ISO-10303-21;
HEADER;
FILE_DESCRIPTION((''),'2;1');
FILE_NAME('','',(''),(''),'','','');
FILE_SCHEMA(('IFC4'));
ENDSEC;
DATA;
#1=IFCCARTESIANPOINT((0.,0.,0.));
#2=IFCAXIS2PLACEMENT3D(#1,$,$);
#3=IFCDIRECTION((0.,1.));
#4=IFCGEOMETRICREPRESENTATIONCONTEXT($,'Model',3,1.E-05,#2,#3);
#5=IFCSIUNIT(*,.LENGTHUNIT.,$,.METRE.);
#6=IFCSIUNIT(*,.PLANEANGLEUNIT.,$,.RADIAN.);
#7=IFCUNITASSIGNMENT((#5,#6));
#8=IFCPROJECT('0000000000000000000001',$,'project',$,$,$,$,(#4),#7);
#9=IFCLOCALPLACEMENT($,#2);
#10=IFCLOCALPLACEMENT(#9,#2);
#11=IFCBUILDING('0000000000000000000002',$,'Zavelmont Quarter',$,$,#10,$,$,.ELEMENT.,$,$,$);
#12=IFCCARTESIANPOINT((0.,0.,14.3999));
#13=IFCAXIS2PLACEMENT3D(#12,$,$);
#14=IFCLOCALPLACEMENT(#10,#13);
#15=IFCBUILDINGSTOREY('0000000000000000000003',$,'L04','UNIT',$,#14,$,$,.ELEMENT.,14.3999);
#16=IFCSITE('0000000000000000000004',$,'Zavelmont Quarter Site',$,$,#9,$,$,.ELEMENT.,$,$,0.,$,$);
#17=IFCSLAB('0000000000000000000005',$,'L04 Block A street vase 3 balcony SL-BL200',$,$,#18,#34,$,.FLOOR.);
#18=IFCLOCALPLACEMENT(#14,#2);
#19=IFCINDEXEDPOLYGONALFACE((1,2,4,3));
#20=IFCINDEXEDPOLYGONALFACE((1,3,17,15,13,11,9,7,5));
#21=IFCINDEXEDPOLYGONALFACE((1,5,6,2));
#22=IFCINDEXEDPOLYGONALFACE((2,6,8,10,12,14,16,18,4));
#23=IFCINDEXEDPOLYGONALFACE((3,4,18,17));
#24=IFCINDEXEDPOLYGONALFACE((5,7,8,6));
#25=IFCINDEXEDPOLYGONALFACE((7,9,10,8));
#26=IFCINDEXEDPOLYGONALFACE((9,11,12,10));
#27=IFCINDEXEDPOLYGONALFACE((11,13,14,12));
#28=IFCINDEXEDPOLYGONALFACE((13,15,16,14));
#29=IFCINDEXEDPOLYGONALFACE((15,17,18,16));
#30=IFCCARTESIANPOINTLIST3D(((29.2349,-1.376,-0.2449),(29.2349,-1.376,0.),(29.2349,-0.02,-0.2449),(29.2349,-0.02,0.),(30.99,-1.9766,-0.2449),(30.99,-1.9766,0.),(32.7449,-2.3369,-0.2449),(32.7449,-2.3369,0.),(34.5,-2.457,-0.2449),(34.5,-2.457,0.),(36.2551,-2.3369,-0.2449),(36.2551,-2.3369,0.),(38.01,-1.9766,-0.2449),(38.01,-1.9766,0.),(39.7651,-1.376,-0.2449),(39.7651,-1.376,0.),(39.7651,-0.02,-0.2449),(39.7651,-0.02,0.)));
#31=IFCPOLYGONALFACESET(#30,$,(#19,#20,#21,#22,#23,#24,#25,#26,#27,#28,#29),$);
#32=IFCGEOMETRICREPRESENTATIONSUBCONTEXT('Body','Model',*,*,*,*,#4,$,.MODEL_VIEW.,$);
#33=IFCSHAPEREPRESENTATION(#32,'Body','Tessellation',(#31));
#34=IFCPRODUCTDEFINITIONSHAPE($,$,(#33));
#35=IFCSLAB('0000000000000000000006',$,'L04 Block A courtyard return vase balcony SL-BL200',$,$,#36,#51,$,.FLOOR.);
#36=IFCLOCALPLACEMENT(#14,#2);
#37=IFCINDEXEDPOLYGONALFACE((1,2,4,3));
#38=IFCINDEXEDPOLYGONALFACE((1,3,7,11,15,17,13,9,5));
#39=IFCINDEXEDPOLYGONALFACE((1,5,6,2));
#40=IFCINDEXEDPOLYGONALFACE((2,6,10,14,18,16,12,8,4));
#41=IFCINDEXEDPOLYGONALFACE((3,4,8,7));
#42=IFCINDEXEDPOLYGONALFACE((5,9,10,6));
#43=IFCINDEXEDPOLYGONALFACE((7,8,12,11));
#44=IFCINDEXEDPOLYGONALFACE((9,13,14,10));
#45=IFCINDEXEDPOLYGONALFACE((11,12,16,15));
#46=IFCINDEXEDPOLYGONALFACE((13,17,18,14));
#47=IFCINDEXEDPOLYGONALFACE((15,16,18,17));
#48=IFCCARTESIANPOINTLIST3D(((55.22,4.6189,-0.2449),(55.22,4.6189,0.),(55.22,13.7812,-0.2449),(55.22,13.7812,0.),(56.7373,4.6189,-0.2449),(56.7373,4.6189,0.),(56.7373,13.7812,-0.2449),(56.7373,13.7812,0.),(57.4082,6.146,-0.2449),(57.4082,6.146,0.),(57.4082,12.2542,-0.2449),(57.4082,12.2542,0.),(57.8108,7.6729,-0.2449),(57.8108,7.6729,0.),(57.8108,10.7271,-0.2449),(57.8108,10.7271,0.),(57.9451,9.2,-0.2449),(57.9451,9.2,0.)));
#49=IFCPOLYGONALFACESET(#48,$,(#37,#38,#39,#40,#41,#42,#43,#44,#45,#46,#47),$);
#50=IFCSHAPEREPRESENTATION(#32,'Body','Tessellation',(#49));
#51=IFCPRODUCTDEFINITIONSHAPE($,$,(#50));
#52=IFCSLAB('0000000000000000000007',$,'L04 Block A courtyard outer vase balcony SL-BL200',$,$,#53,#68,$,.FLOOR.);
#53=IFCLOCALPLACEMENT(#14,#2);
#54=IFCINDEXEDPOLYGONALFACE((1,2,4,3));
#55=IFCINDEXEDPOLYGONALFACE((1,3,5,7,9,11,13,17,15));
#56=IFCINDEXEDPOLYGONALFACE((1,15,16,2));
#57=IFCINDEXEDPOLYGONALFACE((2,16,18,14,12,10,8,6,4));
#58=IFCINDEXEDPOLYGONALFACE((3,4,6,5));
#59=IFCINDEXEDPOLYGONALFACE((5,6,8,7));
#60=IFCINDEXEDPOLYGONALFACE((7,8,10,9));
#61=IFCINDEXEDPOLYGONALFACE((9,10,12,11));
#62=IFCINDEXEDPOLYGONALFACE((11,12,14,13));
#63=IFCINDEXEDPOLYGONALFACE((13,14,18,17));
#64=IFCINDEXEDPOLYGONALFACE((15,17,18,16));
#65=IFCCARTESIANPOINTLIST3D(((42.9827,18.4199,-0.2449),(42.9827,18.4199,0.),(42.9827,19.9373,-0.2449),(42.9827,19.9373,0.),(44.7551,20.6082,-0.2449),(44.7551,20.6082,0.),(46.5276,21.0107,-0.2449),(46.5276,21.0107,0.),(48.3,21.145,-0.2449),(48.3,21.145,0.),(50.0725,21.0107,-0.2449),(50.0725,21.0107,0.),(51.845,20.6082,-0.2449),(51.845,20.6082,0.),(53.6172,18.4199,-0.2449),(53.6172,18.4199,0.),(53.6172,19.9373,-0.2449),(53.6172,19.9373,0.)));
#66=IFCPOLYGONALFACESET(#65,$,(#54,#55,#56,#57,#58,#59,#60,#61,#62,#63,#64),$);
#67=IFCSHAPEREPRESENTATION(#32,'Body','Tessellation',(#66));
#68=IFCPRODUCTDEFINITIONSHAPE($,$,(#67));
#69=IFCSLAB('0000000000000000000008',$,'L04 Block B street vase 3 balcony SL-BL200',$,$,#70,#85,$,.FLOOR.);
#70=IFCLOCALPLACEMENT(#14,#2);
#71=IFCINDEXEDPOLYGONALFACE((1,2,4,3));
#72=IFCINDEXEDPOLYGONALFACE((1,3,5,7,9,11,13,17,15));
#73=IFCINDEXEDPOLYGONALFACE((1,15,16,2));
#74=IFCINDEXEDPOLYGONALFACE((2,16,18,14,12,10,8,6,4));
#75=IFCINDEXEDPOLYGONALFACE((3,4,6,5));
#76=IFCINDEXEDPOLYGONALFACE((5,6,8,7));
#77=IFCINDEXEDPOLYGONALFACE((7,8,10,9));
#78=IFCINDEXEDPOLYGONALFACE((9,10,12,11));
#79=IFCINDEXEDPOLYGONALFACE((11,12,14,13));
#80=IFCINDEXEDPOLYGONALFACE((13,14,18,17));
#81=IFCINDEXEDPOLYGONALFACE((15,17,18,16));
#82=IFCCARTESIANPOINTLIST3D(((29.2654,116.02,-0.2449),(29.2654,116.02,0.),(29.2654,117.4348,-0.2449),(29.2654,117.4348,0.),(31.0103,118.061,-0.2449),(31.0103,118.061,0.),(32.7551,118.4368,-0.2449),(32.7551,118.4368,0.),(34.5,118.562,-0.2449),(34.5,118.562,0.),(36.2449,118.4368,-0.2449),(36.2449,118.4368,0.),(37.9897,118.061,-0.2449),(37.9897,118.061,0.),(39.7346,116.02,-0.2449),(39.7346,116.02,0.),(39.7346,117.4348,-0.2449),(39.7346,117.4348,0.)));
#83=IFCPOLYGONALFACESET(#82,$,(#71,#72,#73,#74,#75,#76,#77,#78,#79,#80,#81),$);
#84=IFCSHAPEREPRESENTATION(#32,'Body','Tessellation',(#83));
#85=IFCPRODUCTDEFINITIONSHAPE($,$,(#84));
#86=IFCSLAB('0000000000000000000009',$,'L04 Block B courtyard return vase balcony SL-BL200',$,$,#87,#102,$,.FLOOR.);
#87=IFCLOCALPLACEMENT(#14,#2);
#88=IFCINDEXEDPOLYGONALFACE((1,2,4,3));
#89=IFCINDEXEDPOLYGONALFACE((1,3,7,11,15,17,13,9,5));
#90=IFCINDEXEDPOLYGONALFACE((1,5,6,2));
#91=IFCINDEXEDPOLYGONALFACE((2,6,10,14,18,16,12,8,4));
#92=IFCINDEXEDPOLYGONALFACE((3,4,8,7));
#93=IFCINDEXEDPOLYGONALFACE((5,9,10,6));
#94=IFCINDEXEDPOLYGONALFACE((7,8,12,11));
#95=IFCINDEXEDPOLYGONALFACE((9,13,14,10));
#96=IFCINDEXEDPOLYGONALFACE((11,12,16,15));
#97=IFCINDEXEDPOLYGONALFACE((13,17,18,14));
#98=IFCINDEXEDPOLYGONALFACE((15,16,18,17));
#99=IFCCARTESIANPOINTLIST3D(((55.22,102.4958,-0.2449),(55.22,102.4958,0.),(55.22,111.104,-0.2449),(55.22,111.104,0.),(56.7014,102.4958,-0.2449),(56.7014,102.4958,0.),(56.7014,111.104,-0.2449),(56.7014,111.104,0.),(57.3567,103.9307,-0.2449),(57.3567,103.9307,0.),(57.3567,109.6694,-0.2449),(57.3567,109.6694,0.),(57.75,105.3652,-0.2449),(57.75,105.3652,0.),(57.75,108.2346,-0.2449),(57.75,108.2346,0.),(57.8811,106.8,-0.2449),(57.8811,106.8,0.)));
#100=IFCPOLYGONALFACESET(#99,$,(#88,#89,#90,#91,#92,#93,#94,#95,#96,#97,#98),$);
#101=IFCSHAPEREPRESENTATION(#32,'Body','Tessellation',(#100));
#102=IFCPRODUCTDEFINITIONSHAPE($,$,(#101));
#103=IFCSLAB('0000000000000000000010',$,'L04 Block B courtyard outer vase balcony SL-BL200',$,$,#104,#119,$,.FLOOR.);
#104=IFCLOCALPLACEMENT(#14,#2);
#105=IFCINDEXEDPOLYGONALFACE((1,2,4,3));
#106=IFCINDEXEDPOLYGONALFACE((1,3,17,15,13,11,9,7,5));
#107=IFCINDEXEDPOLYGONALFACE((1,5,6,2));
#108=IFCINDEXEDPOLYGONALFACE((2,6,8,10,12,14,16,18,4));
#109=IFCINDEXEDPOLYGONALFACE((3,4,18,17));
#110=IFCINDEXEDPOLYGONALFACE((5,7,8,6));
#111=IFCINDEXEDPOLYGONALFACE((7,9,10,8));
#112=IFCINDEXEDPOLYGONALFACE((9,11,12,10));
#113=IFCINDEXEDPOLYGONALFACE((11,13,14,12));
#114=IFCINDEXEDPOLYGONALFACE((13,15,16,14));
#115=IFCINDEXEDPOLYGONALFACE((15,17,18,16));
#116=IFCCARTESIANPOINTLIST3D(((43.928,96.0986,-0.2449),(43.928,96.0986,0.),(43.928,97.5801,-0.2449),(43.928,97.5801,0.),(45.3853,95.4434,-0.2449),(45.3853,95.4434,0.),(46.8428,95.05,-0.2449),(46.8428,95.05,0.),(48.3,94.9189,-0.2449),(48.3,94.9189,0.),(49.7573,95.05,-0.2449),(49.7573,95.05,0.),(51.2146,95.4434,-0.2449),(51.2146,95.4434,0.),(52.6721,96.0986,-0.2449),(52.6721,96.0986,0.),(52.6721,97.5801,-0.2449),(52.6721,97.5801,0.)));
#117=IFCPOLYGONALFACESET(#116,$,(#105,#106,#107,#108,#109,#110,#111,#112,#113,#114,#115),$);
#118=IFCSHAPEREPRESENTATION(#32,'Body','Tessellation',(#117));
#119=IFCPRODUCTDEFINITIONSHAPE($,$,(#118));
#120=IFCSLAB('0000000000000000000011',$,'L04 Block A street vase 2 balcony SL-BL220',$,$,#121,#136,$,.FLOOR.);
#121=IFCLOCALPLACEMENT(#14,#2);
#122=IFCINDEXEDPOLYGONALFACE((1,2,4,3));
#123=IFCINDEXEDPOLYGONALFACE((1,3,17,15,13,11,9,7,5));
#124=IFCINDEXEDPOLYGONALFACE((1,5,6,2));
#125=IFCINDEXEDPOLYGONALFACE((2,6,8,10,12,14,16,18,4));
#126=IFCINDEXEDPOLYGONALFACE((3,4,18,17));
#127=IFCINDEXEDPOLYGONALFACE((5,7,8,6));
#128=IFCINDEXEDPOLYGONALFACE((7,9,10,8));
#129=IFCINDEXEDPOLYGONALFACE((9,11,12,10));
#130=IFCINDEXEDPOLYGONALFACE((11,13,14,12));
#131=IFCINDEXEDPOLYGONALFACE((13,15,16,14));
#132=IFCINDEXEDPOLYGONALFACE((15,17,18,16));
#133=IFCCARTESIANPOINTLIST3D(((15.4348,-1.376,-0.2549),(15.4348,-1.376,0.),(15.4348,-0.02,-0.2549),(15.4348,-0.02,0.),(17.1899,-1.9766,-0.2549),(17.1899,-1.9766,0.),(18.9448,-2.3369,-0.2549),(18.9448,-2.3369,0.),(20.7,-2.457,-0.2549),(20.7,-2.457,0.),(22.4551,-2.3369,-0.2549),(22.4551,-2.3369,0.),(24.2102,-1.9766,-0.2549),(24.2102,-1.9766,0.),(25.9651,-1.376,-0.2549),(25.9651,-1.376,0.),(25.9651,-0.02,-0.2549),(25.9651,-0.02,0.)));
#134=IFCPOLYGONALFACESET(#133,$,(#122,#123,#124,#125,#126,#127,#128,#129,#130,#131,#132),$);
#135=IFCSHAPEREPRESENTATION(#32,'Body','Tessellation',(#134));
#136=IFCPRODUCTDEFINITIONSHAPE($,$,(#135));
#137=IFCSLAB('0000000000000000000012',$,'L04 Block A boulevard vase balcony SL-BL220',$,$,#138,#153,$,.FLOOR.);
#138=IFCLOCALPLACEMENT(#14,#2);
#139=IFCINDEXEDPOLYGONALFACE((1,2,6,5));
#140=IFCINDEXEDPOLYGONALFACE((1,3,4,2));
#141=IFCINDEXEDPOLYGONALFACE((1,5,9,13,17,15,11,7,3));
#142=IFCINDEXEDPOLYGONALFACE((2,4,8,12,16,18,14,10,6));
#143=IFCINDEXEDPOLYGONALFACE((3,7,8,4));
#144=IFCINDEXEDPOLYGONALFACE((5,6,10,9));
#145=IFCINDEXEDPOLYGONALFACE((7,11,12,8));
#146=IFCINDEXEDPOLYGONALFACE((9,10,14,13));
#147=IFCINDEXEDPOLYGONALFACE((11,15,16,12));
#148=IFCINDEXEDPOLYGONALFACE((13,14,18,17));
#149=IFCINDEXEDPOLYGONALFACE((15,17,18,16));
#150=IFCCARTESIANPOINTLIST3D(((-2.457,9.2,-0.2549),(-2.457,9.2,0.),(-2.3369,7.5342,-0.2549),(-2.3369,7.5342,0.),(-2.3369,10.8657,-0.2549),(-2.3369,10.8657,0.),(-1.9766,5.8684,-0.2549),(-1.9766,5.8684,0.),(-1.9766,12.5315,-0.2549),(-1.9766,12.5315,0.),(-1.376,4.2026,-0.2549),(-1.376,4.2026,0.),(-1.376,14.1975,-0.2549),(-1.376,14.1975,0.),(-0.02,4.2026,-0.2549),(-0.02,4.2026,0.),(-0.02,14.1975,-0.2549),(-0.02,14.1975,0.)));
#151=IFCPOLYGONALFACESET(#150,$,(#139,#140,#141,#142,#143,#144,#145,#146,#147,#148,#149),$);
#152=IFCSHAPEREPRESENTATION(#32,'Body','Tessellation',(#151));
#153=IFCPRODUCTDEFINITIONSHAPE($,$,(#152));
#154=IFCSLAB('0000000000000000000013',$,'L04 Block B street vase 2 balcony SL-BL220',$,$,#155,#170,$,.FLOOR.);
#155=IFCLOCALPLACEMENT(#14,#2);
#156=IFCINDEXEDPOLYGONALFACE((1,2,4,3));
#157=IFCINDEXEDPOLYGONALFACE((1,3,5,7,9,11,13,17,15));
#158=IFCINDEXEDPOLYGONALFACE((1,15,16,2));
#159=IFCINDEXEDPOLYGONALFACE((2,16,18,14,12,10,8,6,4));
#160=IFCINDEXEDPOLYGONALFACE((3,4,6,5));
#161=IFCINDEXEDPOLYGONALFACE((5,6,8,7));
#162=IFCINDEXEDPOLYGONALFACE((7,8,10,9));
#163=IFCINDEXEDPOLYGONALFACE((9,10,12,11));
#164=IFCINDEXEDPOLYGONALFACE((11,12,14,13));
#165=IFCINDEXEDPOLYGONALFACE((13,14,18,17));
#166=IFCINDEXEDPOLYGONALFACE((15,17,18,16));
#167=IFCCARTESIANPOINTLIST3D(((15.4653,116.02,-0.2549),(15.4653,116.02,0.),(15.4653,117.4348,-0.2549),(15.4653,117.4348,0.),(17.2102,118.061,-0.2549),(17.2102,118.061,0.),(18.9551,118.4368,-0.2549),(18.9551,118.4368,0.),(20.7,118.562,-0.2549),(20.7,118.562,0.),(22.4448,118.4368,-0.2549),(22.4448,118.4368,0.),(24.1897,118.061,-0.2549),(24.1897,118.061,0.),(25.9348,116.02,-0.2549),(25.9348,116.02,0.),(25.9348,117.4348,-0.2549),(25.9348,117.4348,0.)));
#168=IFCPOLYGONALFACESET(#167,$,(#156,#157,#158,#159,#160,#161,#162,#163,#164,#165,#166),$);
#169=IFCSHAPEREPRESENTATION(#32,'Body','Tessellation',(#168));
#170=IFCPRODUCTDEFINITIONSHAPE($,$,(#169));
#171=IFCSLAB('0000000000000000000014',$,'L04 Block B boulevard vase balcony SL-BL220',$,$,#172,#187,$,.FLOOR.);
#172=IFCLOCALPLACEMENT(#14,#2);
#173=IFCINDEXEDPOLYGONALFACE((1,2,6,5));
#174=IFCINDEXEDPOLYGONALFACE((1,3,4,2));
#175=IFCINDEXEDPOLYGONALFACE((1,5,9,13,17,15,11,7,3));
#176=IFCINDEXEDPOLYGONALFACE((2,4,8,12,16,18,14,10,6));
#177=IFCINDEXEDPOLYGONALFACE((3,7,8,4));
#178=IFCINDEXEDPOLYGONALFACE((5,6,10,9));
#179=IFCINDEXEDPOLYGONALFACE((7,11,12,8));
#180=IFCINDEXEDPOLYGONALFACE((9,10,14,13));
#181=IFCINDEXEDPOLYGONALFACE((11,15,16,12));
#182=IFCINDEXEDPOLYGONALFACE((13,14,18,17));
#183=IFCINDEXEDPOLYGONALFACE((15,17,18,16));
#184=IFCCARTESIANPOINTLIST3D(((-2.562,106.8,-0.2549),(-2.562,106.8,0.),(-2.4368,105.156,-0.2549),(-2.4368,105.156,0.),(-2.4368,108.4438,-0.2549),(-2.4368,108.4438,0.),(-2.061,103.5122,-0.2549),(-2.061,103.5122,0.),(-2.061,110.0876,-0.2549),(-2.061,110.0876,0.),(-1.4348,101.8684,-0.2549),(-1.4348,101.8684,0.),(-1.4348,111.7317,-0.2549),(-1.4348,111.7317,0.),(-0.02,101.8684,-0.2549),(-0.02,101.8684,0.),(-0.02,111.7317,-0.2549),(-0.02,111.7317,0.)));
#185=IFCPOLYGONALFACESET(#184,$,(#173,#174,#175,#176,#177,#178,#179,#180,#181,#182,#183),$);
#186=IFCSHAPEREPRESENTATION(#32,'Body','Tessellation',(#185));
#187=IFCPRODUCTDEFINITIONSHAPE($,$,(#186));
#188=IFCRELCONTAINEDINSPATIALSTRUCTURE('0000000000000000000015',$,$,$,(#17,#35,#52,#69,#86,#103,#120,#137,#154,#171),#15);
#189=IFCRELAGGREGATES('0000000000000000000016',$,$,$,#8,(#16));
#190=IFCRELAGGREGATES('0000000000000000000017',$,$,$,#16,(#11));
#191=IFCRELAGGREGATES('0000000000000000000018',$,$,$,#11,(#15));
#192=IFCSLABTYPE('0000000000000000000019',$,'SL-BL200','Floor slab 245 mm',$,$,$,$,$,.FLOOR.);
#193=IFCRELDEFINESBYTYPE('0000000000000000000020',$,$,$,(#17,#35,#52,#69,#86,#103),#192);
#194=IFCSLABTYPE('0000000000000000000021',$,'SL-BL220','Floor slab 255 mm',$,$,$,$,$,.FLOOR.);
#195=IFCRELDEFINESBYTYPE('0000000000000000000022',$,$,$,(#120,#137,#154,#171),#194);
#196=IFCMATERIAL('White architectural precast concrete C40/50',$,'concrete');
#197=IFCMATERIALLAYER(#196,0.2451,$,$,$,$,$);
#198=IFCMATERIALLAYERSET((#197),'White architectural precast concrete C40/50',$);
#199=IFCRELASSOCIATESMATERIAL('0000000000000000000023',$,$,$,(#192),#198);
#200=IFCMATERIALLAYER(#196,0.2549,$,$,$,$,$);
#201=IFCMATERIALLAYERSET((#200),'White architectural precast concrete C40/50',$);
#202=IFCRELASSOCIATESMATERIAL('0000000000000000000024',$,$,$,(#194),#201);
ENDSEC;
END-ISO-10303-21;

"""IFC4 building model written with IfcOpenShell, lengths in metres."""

from ifc_helpers import new_model, si_unit, direction, frame, origin, place, context, subcontext, project, spatial, polyline, outline, extrude, material, layer, layer_set, type_object, element, save


model = new_model("IFC4")

# Units and contexts
model_context = context("Model", 3, precision=1e-05, world=origin(), true_north=direction((0.0, 1.0)))
body_context = subcontext(model_context, "Body", "Model", "MODEL_VIEW")
ifc_project = project(units=[si_unit("LENGTHUNIT", "METRE"), si_unit("PLANEANGLEUNIT", "RADIAN")], contexts=[model_context])

# Site, building, storey
site_placement = place(None, origin())
site = spatial("IfcSite", under=ifc_project, at=site_placement, Name="Zavelmont Quarter Site", CompositionType="ELEMENT", RefElevation=0.0)
building_placement = place(site_placement, origin())
building = spatial("IfcBuilding", under=site, at=building_placement, Name="Zavelmont Quarter", CompositionType="ELEMENT")
storey_placement = place(building_placement, frame((0.0, 0.0, 14.3999)))
storey = spatial("IfcBuildingStorey", under=building, at=storey_placement, Name="L04", Description="UNIT", CompositionType="ELEMENT", Elevation=14.3999)

# Slabs
ifc_material_1 = material(Name="White architectural precast concrete C40/50", Category="concrete")
ifc_layer_1 = layer(ifc_material_1, 0.2451)
ifc_layer_set_1 = layer_set([ifc_layer_1], Name="White architectural precast concrete C40/50")
slab_type_1 = type_object("IfcSlabType", Name="SL-BL200", Description="Floor slab 245 mm", PredefinedType="FLOOR", material=ifc_layer_set_1)
slab_1_placement = place(storey_placement, frame((0.0, 0.0, -0.2449)))
element("IfcSlab", 1, at=slab_1_placement, inside=storey, type_object=slab_type_1, Name="L04 Block A street vase 3 balcony SL-BL200", PredefinedType="FLOOR", context=body_context, shape_type="SweptSolid", body=[
    extrude(outline(polyline([(29.2349, -0.02), (29.2349, -1.376), (30.99, -1.9766), (32.7449, -2.3369), (34.5, -2.457), (36.2551, -2.3369), (38.01, -1.9766), (39.7651, -1.376), (39.7651, -0.02), (29.2349, -0.02)])), origin(), (0.0, 0.0, 1.0), 0.2449),
])
slab_2_placement = place(storey_placement, frame((0.0, 0.0, -0.2449)))
element("IfcSlab", 2, at=slab_2_placement, inside=storey, type_object=slab_type_1, Name="L04 Block A courtyard return vase balcony SL-BL200", PredefinedType="FLOOR", context=body_context, shape_type="SweptSolid", body=[
    extrude(outline(polyline([(55.22, 4.6189), (56.7373, 4.6189), (57.4082, 6.146), (57.8108, 7.6729), (57.9451, 9.2), (57.8108, 10.7271), (57.4082, 12.2542), (56.7373, 13.7812), (55.22, 13.7812), (55.22, 4.6189)])), origin(), (0.0, 0.0, 1.0), 0.2449),
])
slab_3_placement = place(storey_placement, frame((0.0, 0.0, -0.2449)))
element("IfcSlab", 3, at=slab_3_placement, inside=storey, type_object=slab_type_1, Name="L04 Block A courtyard outer vase balcony SL-BL200", PredefinedType="FLOOR", context=body_context, shape_type="SweptSolid", body=[
    extrude(outline(polyline([(53.6172, 18.4199), (53.6172, 19.9373), (51.845, 20.6082), (50.0725, 21.0107), (48.3, 21.145), (46.5276, 21.0107), (44.7551, 20.6082), (42.9827, 19.9373), (42.9827, 18.4199), (53.6172, 18.4199)])), origin(), (0.0, 0.0, 1.0), 0.2449),
])
slab_4_placement = place(storey_placement, frame((0.0, 0.0, -0.2449)))
element("IfcSlab", 4, at=slab_4_placement, inside=storey, type_object=slab_type_1, Name="L04 Block B street vase 3 balcony SL-BL200", PredefinedType="FLOOR", context=body_context, shape_type="SweptSolid", body=[
    extrude(outline(polyline([(39.7346, 116.02), (39.7346, 117.4348), (37.9897, 118.061), (36.2449, 118.4368), (34.5, 118.562), (32.7551, 118.4368), (31.0103, 118.061), (29.2654, 117.4348), (29.2654, 116.02), (39.7346, 116.02)])), origin(), (0.0, 0.0, 1.0), 0.2449),
])
slab_5_placement = place(storey_placement, frame((0.0, 0.0, -0.2449)))
element("IfcSlab", 5, at=slab_5_placement, inside=storey, type_object=slab_type_1, Name="L04 Block B courtyard return vase balcony SL-BL200", PredefinedType="FLOOR", context=body_context, shape_type="SweptSolid", body=[
    extrude(outline(polyline([(55.22, 102.4958), (56.7014, 102.4958), (57.3567, 103.9307), (57.75, 105.3652), (57.8811, 106.8), (57.75, 108.2346), (57.3567, 109.6694), (56.7014, 111.104), (55.22, 111.104), (55.22, 102.4958)])), origin(), (0.0, 0.0, 1.0), 0.2449),
])
slab_6_placement = place(storey_placement, frame((0.0, 0.0, -0.2449)))
element("IfcSlab", 6, at=slab_6_placement, inside=storey, type_object=slab_type_1, Name="L04 Block B courtyard outer vase balcony SL-BL200", PredefinedType="FLOOR", context=body_context, shape_type="SweptSolid", body=[
    extrude(outline(polyline([(43.928, 97.5801), (43.928, 96.0986), (45.3853, 95.4434), (46.8428, 95.05), (48.3, 94.9189), (49.7573, 95.05), (51.2146, 95.4434), (52.6721, 96.0986), (52.6721, 97.5801), (43.928, 97.5801)])), origin(), (0.0, 0.0, 1.0), 0.2449),
])
ifc_layer_2 = layer(ifc_material_1, 0.2549)
ifc_layer_set_2 = layer_set([ifc_layer_2], Name="White architectural precast concrete C40/50")
slab_type_2 = type_object("IfcSlabType", Name="SL-BL220", Description="Floor slab 255 mm", PredefinedType="FLOOR", material=ifc_layer_set_2)
slab_7_placement = place(storey_placement, frame((0.0, 0.0, -0.2549)))
element("IfcSlab", 7, at=slab_7_placement, inside=storey, type_object=slab_type_2, Name="L04 Block A street vase 2 balcony SL-BL220", PredefinedType="FLOOR", context=body_context, shape_type="SweptSolid", body=[
    extrude(outline(polyline([(15.4348, -0.02), (15.4348, -1.376), (17.1899, -1.9766), (18.9448, -2.3369), (20.7, -2.457), (22.4551, -2.3369), (24.2102, -1.9766), (25.9651, -1.376), (25.9651, -0.02), (15.4348, -0.02)])), origin(), (0.0, 0.0, 1.0), 0.2549),
])
slab_8_placement = place(storey_placement, frame((0.0, 0.0, -0.2549)))
element("IfcSlab", 8, at=slab_8_placement, inside=storey, type_object=slab_type_2, Name="L04 Block A boulevard vase balcony SL-BL220", PredefinedType="FLOOR", context=body_context, shape_type="SweptSolid", body=[
    extrude(outline(polyline([(-0.02, 14.1975), (-1.376, 14.1975), (-1.9766, 12.5315), (-2.3369, 10.8657), (-2.457, 9.2), (-2.3369, 7.5342), (-1.9766, 5.8684), (-1.376, 4.2026), (-0.02, 4.2026), (-0.02, 14.1975)])), origin(), (0.0, 0.0, 1.0), 0.2549),
])
slab_9_placement = place(storey_placement, frame((0.0, 0.0, -0.2549)))
element("IfcSlab", 9, at=slab_9_placement, inside=storey, type_object=slab_type_2, Name="L04 Block B street vase 2 balcony SL-BL220", PredefinedType="FLOOR", context=body_context, shape_type="SweptSolid", body=[
    extrude(outline(polyline([(25.9348, 116.02), (25.9348, 117.4348), (24.1897, 118.061), (22.4448, 118.4368), (20.7, 118.562), (18.9551, 118.4368), (17.2102, 118.061), (15.4653, 117.4348), (15.4653, 116.02), (25.9348, 116.02)])), origin(), (0.0, 0.0, 1.0), 0.2549),
])
slab_10_placement = place(storey_placement, frame((0.0, 0.0, -0.2549)))
element("IfcSlab", 10, at=slab_10_placement, inside=storey, type_object=slab_type_2, Name="L04 Block B boulevard vase balcony SL-BL220", PredefinedType="FLOOR", context=body_context, shape_type="SweptSolid", body=[
    extrude(outline(polyline([(-0.02, 111.7317), (-1.4348, 111.7317), (-2.061, 110.0876), (-2.4368, 108.4438), (-2.562, 106.8), (-2.4368, 105.156), (-2.061, 103.5122), (-1.4348, 101.8684), (-0.02, 101.8684), (-0.02, 111.7317)])), origin(), (0.0, 0.0, 1.0), 0.2549),
])

save(model, "model.ifc")
